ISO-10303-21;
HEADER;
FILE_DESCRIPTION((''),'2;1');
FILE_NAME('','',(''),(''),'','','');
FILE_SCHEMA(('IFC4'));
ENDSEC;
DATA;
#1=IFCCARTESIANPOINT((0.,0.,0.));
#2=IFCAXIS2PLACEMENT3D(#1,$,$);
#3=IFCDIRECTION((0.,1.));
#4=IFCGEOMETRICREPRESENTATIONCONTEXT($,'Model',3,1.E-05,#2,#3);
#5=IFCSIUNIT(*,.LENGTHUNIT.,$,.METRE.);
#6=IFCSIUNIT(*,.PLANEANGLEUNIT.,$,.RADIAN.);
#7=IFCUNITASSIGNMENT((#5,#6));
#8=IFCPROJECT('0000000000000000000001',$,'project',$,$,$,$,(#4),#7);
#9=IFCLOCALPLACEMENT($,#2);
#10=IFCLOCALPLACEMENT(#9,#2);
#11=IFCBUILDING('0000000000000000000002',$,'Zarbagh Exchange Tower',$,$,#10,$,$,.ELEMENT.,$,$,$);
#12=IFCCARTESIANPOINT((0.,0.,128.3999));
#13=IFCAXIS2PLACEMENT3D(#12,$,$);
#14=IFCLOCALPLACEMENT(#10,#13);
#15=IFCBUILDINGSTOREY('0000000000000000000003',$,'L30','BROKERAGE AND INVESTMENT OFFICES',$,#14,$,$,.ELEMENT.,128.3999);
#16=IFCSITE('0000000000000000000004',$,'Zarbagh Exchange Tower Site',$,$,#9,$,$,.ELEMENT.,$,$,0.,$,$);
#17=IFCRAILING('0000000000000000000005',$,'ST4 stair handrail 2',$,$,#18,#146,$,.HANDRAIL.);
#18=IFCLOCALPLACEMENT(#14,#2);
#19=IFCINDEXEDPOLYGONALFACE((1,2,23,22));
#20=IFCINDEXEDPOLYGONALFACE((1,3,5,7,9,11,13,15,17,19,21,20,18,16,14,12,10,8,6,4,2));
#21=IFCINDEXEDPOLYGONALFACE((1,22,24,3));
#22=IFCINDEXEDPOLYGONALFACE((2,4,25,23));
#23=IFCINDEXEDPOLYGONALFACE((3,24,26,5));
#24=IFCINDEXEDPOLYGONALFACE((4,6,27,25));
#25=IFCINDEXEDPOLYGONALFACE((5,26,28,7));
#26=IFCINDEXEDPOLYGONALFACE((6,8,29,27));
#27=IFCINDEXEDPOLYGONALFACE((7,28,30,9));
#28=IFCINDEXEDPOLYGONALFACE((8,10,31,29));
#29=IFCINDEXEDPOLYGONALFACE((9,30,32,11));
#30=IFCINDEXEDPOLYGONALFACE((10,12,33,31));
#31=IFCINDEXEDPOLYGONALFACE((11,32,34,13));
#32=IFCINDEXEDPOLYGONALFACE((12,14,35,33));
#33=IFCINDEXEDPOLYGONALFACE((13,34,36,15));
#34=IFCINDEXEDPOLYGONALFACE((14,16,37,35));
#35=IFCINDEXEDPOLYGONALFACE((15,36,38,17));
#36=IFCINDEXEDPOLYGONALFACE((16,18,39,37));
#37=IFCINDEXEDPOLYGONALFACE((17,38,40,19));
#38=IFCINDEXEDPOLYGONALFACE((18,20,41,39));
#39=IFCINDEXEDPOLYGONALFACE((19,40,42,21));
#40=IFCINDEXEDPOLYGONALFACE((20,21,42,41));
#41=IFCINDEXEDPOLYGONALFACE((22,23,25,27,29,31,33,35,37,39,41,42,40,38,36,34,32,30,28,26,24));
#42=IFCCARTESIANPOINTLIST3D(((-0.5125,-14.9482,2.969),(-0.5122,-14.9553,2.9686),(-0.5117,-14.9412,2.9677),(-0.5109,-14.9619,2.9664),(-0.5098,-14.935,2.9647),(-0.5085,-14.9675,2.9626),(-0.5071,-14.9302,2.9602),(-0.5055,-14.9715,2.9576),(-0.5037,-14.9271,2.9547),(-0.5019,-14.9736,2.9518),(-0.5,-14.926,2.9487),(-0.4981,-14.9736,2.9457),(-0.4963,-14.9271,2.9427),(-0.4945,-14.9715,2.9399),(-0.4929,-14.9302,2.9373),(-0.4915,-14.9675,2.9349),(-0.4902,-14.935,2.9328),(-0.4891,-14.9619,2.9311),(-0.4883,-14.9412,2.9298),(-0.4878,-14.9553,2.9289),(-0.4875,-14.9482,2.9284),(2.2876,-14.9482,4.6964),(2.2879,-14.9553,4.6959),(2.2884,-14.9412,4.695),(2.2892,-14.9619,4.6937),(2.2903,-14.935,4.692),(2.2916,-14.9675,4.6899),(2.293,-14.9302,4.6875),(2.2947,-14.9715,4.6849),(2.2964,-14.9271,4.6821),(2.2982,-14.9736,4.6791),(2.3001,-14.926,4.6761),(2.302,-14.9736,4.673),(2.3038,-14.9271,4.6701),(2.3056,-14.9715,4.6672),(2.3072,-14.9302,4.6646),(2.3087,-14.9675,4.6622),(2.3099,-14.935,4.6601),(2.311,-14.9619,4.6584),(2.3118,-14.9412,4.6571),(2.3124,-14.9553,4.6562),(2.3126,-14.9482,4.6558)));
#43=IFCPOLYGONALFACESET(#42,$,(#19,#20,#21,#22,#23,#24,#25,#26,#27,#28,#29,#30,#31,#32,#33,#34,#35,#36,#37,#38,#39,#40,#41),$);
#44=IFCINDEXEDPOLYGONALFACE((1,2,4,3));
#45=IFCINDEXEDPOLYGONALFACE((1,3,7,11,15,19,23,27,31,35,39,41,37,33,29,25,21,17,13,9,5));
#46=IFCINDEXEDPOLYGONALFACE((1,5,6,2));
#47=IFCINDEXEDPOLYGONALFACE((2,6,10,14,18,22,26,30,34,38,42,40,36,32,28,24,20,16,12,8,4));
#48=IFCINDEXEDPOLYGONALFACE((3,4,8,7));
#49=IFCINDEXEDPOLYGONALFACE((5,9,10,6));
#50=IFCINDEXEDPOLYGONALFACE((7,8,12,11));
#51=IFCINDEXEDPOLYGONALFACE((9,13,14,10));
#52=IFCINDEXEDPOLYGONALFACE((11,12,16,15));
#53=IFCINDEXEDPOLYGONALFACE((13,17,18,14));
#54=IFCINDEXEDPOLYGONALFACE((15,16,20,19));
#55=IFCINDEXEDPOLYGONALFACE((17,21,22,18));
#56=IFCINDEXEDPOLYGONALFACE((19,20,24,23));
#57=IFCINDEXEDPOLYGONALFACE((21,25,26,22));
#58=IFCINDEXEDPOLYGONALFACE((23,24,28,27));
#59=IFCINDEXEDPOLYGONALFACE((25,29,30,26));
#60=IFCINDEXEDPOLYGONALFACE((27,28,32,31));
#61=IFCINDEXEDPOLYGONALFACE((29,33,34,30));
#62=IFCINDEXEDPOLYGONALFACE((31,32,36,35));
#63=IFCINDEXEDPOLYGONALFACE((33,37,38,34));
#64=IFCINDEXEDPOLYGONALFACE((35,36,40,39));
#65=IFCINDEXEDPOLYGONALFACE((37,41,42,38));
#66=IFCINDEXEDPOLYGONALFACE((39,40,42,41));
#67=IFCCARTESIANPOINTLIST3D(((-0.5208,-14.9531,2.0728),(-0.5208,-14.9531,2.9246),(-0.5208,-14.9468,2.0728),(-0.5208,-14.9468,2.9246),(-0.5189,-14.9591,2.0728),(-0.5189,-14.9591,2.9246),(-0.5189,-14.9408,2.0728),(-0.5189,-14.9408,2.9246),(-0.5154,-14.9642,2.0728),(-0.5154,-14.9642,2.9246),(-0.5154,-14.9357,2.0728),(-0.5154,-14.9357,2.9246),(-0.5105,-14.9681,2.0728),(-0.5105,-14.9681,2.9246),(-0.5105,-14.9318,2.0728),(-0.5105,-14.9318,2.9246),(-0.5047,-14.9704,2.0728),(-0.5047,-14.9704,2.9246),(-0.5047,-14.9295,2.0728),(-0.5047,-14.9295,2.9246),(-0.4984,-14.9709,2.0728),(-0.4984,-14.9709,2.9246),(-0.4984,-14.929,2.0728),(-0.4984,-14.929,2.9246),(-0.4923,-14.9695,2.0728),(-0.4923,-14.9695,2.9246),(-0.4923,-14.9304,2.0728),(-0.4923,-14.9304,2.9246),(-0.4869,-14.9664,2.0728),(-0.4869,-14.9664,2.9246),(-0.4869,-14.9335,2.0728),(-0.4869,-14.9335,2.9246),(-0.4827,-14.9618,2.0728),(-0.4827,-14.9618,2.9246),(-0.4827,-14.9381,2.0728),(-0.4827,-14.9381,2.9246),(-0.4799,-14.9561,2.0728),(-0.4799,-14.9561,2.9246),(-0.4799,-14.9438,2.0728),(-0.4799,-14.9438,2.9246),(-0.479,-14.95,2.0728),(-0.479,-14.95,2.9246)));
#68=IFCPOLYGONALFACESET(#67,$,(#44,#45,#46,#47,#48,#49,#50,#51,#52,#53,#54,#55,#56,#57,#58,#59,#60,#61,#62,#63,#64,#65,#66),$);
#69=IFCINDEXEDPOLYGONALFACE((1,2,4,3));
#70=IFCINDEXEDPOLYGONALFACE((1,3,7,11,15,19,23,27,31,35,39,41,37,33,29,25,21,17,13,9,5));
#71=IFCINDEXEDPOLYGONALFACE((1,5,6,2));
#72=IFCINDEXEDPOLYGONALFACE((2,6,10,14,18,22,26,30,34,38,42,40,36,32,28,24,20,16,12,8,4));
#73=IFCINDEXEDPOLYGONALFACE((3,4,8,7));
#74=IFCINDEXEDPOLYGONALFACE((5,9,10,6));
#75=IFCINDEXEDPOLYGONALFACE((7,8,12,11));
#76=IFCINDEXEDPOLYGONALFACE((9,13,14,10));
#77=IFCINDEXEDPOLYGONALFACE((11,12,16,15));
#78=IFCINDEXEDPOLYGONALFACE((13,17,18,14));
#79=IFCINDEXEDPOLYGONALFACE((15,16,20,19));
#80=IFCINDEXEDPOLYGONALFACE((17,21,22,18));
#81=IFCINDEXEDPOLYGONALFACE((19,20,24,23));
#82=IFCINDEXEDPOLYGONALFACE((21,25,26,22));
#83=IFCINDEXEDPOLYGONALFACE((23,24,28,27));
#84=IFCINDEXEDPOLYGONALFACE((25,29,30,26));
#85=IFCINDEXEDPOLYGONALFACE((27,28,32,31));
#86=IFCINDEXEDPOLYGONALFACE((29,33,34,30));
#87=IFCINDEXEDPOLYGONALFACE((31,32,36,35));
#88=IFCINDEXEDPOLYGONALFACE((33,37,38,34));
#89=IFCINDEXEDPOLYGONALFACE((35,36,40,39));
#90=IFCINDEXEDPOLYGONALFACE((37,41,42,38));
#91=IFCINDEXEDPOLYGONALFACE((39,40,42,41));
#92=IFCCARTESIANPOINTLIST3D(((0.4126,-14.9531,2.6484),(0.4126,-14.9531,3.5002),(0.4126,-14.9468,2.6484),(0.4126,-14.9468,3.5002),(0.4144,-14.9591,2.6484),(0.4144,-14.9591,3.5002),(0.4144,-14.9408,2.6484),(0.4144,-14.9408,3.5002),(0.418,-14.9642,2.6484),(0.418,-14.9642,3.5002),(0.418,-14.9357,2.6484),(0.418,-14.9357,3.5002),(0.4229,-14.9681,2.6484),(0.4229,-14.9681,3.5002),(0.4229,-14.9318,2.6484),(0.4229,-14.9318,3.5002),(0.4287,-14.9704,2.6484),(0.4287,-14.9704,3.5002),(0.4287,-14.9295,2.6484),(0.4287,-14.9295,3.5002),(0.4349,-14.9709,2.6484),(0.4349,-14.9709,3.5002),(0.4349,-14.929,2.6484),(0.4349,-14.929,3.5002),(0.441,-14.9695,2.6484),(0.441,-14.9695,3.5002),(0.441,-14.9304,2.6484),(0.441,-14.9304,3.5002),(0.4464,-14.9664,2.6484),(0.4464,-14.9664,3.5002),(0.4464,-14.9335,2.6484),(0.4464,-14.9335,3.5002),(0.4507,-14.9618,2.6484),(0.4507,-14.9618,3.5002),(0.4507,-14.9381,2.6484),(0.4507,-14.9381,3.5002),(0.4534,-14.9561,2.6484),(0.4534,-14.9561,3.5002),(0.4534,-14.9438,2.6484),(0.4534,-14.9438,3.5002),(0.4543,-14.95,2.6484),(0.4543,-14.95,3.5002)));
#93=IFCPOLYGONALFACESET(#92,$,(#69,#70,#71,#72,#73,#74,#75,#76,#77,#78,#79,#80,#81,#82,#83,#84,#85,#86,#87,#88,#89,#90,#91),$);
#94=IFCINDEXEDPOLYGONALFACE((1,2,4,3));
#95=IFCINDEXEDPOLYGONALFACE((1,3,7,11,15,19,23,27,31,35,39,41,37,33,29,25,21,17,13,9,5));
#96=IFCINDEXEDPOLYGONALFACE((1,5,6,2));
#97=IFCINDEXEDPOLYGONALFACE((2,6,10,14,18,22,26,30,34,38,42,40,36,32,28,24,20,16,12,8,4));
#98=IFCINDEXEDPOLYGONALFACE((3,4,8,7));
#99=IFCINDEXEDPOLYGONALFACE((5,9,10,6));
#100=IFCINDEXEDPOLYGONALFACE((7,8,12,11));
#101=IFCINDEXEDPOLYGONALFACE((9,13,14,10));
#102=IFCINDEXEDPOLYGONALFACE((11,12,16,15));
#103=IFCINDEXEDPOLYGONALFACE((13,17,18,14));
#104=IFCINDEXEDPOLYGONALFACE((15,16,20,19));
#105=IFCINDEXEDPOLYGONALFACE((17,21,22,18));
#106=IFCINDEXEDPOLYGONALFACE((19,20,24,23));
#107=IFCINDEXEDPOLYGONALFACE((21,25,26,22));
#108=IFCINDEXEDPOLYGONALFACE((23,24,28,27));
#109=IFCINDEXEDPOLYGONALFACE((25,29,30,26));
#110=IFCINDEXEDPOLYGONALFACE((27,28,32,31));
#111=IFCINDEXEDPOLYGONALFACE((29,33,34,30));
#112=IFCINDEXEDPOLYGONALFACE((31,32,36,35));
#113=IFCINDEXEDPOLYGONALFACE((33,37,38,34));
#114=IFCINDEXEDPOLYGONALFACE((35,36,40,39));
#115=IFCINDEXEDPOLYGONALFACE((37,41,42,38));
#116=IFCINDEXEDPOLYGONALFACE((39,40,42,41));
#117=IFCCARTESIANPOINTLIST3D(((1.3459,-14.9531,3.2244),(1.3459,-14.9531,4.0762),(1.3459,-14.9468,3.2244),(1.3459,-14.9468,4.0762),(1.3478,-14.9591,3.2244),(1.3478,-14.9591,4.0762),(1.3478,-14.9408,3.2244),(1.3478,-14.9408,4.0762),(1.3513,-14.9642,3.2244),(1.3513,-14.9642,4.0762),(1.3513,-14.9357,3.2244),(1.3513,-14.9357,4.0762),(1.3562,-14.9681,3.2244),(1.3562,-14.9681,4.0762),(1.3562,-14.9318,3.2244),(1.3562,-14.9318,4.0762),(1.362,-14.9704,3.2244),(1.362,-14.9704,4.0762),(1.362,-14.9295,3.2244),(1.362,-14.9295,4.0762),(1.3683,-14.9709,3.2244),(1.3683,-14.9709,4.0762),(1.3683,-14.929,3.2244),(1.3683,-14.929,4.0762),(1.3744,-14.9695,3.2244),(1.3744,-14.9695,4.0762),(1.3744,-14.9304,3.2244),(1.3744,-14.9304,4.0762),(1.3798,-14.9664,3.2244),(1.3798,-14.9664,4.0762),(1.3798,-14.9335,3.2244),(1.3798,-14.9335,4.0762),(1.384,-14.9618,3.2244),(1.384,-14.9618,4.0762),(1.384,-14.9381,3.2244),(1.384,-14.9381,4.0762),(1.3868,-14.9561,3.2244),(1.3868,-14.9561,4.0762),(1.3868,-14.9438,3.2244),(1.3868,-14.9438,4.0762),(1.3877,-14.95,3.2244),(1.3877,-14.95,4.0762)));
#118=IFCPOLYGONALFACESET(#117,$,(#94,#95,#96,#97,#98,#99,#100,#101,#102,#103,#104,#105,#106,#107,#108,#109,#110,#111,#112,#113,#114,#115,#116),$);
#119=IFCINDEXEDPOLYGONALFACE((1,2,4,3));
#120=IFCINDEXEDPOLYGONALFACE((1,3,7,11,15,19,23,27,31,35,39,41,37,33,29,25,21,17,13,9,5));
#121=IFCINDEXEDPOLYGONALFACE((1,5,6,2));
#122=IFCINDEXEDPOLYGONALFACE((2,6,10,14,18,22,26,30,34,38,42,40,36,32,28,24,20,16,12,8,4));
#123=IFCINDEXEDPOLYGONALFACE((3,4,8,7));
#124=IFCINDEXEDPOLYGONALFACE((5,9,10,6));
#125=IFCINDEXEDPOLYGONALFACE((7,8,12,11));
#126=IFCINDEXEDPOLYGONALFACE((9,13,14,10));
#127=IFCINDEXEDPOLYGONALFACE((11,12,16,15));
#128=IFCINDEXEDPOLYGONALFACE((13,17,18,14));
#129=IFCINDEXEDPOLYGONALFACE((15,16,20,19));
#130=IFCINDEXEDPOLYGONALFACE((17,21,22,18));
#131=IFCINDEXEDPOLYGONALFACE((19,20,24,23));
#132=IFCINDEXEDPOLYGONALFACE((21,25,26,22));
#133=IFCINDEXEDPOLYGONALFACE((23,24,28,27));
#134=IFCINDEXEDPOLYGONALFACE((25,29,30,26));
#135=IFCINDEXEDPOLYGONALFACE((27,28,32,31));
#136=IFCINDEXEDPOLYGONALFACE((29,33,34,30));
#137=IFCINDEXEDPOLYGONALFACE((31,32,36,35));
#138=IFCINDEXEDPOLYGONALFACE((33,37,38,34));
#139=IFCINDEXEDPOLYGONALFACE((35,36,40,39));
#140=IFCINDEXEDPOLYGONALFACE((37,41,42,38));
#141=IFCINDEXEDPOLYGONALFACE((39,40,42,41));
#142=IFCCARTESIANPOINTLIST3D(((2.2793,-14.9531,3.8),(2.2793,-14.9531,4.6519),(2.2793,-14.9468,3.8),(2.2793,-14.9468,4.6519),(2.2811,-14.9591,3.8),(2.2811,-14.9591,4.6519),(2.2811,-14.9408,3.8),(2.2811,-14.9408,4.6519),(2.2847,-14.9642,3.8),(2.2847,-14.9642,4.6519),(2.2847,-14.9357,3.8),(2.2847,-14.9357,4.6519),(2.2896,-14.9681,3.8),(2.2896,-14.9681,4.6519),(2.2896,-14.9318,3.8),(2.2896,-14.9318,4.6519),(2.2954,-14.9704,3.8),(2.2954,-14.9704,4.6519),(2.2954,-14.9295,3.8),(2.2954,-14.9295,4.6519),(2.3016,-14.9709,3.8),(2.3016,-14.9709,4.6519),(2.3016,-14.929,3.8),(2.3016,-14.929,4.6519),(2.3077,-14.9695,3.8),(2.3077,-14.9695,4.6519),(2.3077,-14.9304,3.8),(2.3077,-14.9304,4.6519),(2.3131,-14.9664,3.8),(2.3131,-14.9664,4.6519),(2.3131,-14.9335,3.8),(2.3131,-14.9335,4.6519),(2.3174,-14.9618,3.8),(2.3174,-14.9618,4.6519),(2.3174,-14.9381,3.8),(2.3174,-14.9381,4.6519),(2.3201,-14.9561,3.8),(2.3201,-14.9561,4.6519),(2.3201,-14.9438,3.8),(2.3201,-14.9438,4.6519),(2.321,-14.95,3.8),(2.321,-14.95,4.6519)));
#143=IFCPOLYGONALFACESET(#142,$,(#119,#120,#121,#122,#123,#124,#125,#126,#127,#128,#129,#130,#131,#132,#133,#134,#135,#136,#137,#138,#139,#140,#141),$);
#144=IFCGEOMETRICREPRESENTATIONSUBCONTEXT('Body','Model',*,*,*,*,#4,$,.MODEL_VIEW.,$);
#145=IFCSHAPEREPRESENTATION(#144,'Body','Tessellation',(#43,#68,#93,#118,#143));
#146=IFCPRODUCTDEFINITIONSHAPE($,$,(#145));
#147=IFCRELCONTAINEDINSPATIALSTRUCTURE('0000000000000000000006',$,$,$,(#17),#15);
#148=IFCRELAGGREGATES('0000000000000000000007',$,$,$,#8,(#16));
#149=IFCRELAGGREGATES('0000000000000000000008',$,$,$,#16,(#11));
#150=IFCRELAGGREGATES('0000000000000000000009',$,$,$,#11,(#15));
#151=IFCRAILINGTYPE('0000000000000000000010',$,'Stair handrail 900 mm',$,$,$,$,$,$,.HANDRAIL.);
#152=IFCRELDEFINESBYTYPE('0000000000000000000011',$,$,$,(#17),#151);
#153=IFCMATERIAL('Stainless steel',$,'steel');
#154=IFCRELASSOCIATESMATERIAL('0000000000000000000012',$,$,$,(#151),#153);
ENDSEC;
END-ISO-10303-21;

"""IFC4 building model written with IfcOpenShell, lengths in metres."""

from ifc_helpers import new_model, si_unit, direction, frame, origin, origin_2d, place, context, subcontext, project, spatial, circle, extrude, material, type_object, element, save


model = new_model("IFC4")

# Units and contexts
model_context = context("Model", 3, precision=1e-05, world=origin(), true_north=direction((0.0, 1.0)))
body_context = subcontext(model_context, "Body", "Model", "MODEL_VIEW")
ifc_project = project(units=[si_unit("LENGTHUNIT", "METRE"), si_unit("PLANEANGLEUNIT", "RADIAN")], contexts=[model_context])

# Site, building, storey
site_placement = place(None, origin())
site = spatial("IfcSite", under=ifc_project, at=site_placement, Name="Zarbagh Exchange Tower Site", CompositionType="ELEMENT", RefElevation=0.0)
building_placement = place(site_placement, origin())
building = spatial("IfcBuilding", under=site, at=building_placement, Name="Zarbagh Exchange Tower", CompositionType="ELEMENT")
storey_placement = place(building_placement, frame((0.0, 0.0, 128.3999)))
storey = spatial("IfcBuildingStorey", under=building, at=storey_placement, Name="L30", Description="BROKERAGE AND INVESTMENT OFFICES", CompositionType="ELEMENT", Elevation=128.3999)

# Shared definitions
ifc_material_1 = material(Name="Stainless steel", Category="steel")

# Railing
railing_type = type_object("IfcRailingType", Name="Stair handrail 900 mm", PredefinedType="HANDRAIL", material=ifc_material_1)
railing_placement = place(storey_placement, frame((-0.5, -14.95, 2.0728)))
element("IfcRailing", 1, at=railing_placement, inside=storey, type_object=railing_type, Name="ST4 stair handrail 2", PredefinedType="HANDRAIL", context=body_context, shape_type="SweptSolid", body=[
    extrude(circle(Radius=0.0239, at=origin_2d()), frame((0.0, 0.0, 0.876), z_axis=(0.85109, 0.0, 0.52502), x_axis=(0.0, 1.0, 0.0)), (0.0, 0.0, 1.0), 3.29),
    extrude(circle(Radius=0.021, at=origin_2d()), origin(), (0.0, 0.0, 1.0), 0.8518),
    extrude(circle(Radius=0.021, at=origin_2d()), frame((0.9333, 0.0, 0.5757)), (0.0, 0.0, 1.0), 0.8518),
    extrude(circle(Radius=0.021, at=origin_2d()), frame((1.8667, 0.0, 1.1516)), (0.0, 0.0, 1.0), 0.8518),
    extrude(circle(Radius=0.021, at=origin_2d()), frame((2.8, 0.0, 1.7273)), (0.0, 0.0, 1.0), 0.8518),
])

save(model, "model.ifc")
